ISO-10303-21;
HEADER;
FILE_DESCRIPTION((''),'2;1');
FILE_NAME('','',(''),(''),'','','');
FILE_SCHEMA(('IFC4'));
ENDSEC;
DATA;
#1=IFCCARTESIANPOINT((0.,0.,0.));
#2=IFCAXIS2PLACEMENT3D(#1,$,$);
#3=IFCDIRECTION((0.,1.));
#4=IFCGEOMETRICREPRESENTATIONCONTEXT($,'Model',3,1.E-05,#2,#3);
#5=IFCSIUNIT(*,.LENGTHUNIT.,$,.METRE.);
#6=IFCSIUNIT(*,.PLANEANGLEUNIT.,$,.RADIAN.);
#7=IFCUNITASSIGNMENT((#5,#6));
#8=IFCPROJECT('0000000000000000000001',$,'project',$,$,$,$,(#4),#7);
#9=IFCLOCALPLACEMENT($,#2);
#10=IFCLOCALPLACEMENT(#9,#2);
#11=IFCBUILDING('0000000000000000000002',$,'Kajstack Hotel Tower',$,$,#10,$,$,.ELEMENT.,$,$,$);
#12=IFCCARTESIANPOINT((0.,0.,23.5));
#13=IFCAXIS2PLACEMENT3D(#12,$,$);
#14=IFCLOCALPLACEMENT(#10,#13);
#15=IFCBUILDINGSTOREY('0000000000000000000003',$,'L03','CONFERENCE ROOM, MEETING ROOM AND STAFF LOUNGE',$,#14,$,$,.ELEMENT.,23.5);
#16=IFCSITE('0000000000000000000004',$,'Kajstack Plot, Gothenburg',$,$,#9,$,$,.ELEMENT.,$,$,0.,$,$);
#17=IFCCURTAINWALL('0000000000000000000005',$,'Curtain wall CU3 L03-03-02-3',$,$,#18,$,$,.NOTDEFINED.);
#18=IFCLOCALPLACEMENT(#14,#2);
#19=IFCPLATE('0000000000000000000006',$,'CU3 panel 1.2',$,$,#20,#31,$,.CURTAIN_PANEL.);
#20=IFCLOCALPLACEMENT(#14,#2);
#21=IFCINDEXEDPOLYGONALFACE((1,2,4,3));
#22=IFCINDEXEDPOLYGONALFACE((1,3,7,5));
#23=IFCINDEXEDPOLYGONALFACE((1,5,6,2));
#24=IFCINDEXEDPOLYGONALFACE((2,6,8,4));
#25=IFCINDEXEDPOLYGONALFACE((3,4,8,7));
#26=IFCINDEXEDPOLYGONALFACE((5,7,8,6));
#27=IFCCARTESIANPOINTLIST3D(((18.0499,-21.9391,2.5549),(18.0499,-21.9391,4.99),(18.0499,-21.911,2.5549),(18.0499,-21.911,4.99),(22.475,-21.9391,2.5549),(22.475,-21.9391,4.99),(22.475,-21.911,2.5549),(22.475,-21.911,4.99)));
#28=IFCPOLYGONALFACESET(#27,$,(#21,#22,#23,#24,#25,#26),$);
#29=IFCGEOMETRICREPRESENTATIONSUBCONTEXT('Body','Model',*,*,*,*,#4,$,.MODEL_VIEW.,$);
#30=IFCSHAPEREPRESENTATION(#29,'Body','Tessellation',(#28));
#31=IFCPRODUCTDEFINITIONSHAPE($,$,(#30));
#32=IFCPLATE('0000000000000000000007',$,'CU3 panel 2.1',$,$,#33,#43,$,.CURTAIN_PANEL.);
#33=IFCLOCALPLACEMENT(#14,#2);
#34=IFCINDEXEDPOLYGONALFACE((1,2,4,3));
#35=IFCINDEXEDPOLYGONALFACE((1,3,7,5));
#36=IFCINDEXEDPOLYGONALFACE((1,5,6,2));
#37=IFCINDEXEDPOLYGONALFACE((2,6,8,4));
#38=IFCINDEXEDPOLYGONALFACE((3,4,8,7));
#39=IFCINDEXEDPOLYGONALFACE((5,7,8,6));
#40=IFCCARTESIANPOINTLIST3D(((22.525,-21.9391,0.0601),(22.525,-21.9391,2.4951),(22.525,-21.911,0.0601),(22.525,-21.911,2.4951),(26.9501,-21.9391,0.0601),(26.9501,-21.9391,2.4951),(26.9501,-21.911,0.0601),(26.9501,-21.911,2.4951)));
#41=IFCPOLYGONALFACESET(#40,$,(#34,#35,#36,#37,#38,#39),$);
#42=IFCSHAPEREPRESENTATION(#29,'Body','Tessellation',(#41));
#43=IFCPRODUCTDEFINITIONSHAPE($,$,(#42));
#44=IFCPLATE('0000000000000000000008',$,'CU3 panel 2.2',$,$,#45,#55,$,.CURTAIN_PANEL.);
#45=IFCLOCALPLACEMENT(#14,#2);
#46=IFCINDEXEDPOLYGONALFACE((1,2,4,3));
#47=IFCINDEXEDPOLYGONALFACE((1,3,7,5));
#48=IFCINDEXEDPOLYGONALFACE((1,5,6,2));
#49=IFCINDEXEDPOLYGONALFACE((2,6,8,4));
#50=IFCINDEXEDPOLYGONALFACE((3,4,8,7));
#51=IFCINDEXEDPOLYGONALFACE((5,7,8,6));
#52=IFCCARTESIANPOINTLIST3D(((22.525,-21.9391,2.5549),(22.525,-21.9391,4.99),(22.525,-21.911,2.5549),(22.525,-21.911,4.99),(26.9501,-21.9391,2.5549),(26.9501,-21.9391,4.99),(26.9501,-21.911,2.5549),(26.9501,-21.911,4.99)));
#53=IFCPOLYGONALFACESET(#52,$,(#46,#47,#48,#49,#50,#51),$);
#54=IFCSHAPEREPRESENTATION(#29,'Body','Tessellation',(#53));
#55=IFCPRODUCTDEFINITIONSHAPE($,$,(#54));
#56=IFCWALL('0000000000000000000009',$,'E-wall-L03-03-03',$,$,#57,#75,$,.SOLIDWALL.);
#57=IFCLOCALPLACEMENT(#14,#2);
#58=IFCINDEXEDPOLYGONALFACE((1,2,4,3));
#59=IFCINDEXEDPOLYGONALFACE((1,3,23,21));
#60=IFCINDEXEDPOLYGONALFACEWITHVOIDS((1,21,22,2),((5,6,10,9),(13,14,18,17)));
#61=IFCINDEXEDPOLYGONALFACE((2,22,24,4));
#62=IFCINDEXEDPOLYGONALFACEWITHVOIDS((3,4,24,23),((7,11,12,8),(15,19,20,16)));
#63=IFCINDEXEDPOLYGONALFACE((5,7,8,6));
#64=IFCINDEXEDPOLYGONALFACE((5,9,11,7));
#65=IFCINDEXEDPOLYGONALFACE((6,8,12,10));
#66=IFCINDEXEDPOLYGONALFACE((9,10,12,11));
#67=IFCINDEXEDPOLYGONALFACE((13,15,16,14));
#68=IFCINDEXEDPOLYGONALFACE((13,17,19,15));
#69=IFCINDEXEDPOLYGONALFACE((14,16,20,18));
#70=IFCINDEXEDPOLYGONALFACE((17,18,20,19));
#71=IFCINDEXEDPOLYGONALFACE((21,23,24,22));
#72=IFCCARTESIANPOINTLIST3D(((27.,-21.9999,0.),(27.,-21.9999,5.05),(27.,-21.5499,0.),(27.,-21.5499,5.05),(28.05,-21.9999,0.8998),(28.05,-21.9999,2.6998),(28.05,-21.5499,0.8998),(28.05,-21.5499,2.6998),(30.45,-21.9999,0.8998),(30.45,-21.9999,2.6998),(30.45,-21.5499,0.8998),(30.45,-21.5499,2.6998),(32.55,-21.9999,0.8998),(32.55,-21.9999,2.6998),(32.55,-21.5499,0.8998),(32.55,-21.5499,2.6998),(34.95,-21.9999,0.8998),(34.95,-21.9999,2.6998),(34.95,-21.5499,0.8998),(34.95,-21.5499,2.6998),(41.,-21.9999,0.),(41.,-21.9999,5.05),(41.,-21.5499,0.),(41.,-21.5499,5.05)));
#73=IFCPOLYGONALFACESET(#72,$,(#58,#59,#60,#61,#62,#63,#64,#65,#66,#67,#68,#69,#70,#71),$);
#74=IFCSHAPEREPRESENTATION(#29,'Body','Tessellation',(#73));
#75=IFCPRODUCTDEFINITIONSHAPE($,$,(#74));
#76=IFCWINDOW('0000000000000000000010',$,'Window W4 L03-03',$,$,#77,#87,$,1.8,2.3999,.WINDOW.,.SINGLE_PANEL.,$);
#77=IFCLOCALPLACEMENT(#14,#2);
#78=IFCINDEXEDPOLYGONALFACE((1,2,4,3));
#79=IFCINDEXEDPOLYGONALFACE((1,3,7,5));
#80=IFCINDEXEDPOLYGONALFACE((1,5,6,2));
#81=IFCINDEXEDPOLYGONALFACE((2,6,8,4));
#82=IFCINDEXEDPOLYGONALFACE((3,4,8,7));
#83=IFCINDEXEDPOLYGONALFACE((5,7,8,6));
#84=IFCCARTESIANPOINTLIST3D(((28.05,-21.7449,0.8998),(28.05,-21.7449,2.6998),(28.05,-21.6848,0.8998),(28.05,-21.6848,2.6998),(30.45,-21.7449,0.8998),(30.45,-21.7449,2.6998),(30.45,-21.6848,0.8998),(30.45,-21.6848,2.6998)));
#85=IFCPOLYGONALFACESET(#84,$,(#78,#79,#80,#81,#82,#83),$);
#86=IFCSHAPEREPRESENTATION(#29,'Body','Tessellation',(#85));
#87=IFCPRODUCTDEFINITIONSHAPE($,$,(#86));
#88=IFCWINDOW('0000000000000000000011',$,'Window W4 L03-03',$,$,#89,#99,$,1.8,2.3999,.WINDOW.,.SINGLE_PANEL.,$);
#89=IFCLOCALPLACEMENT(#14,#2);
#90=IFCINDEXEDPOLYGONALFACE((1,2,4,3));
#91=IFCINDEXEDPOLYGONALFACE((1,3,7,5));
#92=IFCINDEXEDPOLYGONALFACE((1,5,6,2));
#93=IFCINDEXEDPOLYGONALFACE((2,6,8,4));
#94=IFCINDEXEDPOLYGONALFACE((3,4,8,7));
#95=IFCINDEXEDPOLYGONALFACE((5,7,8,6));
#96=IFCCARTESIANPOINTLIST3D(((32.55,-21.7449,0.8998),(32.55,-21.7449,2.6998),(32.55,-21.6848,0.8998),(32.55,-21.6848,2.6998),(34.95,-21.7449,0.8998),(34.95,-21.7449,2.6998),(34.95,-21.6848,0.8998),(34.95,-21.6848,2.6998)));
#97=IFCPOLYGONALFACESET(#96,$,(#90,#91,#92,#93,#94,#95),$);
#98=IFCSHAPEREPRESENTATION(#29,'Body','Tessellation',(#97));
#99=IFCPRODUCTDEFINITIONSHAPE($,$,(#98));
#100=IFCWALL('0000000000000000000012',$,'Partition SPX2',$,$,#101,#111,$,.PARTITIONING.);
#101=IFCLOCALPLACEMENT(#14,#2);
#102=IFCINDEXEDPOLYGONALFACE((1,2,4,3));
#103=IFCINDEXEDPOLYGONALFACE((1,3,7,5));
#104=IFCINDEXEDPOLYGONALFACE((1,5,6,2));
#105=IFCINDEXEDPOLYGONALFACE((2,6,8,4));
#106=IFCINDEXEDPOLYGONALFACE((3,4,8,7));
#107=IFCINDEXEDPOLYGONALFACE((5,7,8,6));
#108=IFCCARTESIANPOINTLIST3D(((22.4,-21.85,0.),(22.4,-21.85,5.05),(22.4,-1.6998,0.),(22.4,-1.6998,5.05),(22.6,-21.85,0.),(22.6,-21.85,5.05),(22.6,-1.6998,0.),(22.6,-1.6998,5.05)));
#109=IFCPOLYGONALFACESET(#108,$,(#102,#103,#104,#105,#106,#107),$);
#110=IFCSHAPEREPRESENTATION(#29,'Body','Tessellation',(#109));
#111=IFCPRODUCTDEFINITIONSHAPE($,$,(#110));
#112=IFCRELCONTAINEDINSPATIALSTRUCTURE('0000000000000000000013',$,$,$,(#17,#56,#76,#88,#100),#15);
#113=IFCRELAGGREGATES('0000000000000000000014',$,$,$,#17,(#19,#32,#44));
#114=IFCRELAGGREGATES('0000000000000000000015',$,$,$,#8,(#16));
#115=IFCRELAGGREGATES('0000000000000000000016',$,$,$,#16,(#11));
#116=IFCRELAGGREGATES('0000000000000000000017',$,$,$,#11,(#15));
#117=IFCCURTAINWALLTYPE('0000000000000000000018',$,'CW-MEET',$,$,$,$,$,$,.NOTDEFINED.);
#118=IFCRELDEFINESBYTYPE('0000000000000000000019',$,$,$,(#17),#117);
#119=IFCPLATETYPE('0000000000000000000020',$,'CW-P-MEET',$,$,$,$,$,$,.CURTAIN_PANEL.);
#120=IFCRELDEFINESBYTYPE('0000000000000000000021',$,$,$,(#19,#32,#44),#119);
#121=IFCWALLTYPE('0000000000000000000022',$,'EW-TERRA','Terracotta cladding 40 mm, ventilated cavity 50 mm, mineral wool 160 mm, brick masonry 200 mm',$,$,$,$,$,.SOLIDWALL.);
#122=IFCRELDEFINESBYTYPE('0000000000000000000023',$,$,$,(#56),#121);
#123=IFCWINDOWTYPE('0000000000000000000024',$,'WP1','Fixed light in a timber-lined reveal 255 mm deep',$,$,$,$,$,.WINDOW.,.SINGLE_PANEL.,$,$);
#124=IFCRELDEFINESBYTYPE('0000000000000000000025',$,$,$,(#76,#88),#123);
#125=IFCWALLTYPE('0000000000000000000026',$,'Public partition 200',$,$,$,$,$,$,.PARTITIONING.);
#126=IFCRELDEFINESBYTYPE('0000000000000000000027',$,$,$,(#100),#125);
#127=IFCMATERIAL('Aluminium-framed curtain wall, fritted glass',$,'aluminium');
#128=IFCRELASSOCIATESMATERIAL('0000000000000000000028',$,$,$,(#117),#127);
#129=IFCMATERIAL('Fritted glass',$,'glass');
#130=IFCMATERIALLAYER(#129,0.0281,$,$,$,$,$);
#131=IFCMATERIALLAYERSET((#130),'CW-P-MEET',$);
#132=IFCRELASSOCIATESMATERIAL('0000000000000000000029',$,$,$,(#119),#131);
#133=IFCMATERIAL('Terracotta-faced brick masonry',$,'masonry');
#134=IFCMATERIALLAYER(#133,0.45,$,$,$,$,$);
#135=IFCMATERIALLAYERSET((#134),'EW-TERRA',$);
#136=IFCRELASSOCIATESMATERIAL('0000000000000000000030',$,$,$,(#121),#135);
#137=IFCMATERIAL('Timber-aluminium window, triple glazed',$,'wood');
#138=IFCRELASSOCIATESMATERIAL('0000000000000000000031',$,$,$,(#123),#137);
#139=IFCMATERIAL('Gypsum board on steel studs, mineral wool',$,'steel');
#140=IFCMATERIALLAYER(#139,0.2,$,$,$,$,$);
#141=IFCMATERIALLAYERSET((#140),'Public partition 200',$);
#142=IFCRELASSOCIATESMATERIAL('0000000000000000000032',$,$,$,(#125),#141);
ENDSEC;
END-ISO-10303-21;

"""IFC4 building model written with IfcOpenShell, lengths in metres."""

from ifc_helpers import new_model, si_unit, direction, frame, frame_2d, origin, origin_2d, place, context, subcontext, project, spatial, rectangle, extrude, material, layer, layer_set, type_object, element, fill, aggregate, save


model = new_model("IFC4")

# Units and contexts
model_context = context("Model", 3, precision=1e-05, world=origin(), true_north=direction((0.0, 1.0)))
body_context = subcontext(model_context, "Body", "Model", "MODEL_VIEW")
ifc_project = project(units=[si_unit("LENGTHUNIT", "METRE"), si_unit("PLANEANGLEUNIT", "RADIAN")], contexts=[model_context])

# Site, building, storey
site_placement = place(None, origin())
site = spatial("IfcSite", under=ifc_project, at=site_placement, Name="Kajstack Plot, Gothenburg", CompositionType="ELEMENT", RefElevation=0.0)
building_placement = place(site_placement, origin())
building = spatial("IfcBuilding", under=site, at=building_placement, Name="Kajstack Hotel Tower", CompositionType="ELEMENT")
storey_placement = place(building_placement, frame((0.0, 0.0, 23.5)))
storey = spatial("IfcBuildingStorey", under=building, at=storey_placement, Name="L03", Description="CONFERENCE ROOM, MEETING ROOM AND STAFF LOUNGE", CompositionType="ELEMENT", Elevation=23.5)

# Shared definitions
ifc_material_1 = material(Name="Aluminium-framed curtain wall, fritted glass", Category="aluminium")
curtain_wall_type = type_object("IfcCurtainWallType", Name="CW-MEET", PredefinedType="NOTDEFINED", material=ifc_material_1)

# Curtain wall, plates
curtain_wall_1_placement = place(storey_placement, origin())
curtain_wall_1 = element("IfcCurtainWall", 1, at=curtain_wall_1_placement, inside=storey, type_object=curtain_wall_type, Name="Curtain wall CU3 L03-03-02-3", PredefinedType="NOTDEFINED")
ifc_material_2 = material(Name="Fritted glass", Category="glass")
ifc_layer_1 = layer(ifc_material_2, 0.0281)
ifc_layer_set_1 = layer_set([ifc_layer_1], Name="CW-P-MEET")
plate_type = type_object("IfcPlateType", Name="CW-P-MEET", PredefinedType="CURTAIN_PANEL", material=ifc_layer_set_1)
plate_1_placement = place(storey_placement, frame((20.2625, -21.925, 2.5549), z_axis=(0.0, 0.0, 1.0), x_axis=(1.0, 0.0, 0.0)))
plate_1 = element("IfcPlate", 2, at=plate_1_placement, type_object=plate_type, Name="CU3 panel 1.2", PredefinedType="CURTAIN_PANEL", context=body_context, shape_type="SweptSolid", body=[
    extrude(rectangle(XDim=4.425, YDim=0.0281, at=origin_2d()), origin(), (0.0, 0.0, 1.0), 2.4351),
])
plate_2_placement = place(storey_placement, frame((24.7375, -21.925, 0.0601), z_axis=(0.0, 0.0, 1.0), x_axis=(1.0, 0.0, 0.0)))
plate_2 = element("IfcPlate", 3, at=plate_2_placement, type_object=plate_type, Name="CU3 panel 2.1", PredefinedType="CURTAIN_PANEL", context=body_context, shape_type="SweptSolid", body=[
    extrude(rectangle(XDim=4.425, YDim=0.0281, at=origin_2d()), origin(), (0.0, 0.0, 1.0), 2.4351),
])
plate_3_placement = place(storey_placement, frame((24.7375, -21.925, 2.5549), z_axis=(0.0, 0.0, 1.0), x_axis=(1.0, 0.0, 0.0)))
plate_3 = element("IfcPlate", 4, at=plate_3_placement, type_object=plate_type, Name="CU3 panel 2.2", PredefinedType="CURTAIN_PANEL", context=body_context, shape_type="SweptSolid", body=[
    extrude(rectangle(XDim=4.425, YDim=0.0281, at=origin_2d()), origin(), (0.0, 0.0, 1.0), 2.4351),
])
aggregate(curtain_wall_1, [plate_1, plate_2, plate_3])

# Wall, openings, windows
ifc_material_3 = material(Name="Terracotta-faced brick masonry", Category="masonry")
ifc_layer_2 = layer(ifc_material_3, 0.45)
ifc_layer_set_2 = layer_set([ifc_layer_2], Name="EW-TERRA")
wall_type_1 = type_object("IfcWallType", Name="EW-TERRA", Description="Terracotta cladding 40 mm, ventilated cavity 50 mm, mineral wool 160 mm, brick masonry 200 mm", PredefinedType="SOLIDWALL", material=ifc_layer_set_2)
wall_1_placement = place(storey_placement, frame((27.0, -21.7749, 0.0), z_axis=(0.0, 0.0, 1.0), x_axis=(1.0, 0.0, 0.0)))
wall_1 = element("IfcWall", 5, at=wall_1_placement, inside=storey, type_object=wall_type_1, Name="E-wall-L03-03-03", PredefinedType="SOLIDWALL", context=body_context, shape_type="SweptSolid", body=[
    extrude(rectangle(XDim=14.0, YDim=0.45, at=frame_2d((7.0, 0.0))), origin(), (0.0, 0.0, 1.0), 5.05),
])
opening_1_placement = place(wall_1_placement, frame((1.05, 0.0, 0.8999)))
opening_1 = element("IfcOpeningElement", 6, at=opening_1_placement, cuts=wall_1, PredefinedType="OPENING", context=body_context, shape_type="SweptSolid", body=[
    extrude(rectangle(XDim=2.3999, YDim=1.8, at=frame_2d((1.2, 0.8999))), frame((0.0, 0.2349, 0.0), z_axis=(0.0, -1.0, 0.0), x_axis=(1.0, 0.0, 0.0)), (0.0, 0.0, 1.0), 0.47),
])
opening_2_placement = place(wall_1_placement, frame((5.55, 0.0, 0.8999)))
opening_2 = element("IfcOpeningElement", 7, at=opening_2_placement, cuts=wall_1, PredefinedType="OPENING", context=body_context, shape_type="SweptSolid", body=[
    extrude(rectangle(XDim=2.3999, YDim=1.8, at=frame_2d((1.2, 0.8999))), frame((0.0, 0.2349, 0.0), z_axis=(0.0, -1.0, 0.0), x_axis=(1.0, 0.0, 0.0)), (0.0, 0.0, 1.0), 0.47),
])
ifc_material_4 = material(Name="Timber-aluminium window, triple glazed", Category="wood")
window_type = type_object("IfcWindowType", Name="WP1", Description="Fixed light in a timber-lined reveal 255 mm deep", PartitioningType="SINGLE_PANEL", PredefinedType="WINDOW", material=ifc_material_4)
window_1_placement = place(opening_1_placement, origin())
window_1 = element("IfcWindow", 8, at=window_1_placement, inside=storey, type_object=window_type, Name="Window W4 L03-03", OverallHeight=1.8, OverallWidth=2.3999, PartitioningType="SINGLE_PANEL", PredefinedType="WINDOW", context=body_context, shape_type="SweptSolid", body=[
    extrude(rectangle(XDim=2.3999, YDim=1.8, at=frame_2d((1.2, 0.8999))), frame((0.0, 0.0901, 0.0), z_axis=(0.0, -1.0, 0.0), x_axis=(1.0, 0.0, 0.0)), (0.0, 0.0, 1.0), 0.0601),
])
fill(opening_1, window_1)
window_2_placement = place(opening_2_placement, origin())
window_2 = element("IfcWindow", 9, at=window_2_placement, inside=storey, type_object=window_type, Name="Window W4 L03-03", OverallHeight=1.8, OverallWidth=2.3999, PartitioningType="SINGLE_PANEL", PredefinedType="WINDOW", context=body_context, shape_type="SweptSolid", body=[
    extrude(rectangle(XDim=2.3999, YDim=1.8, at=frame_2d((1.2, 0.8999))), frame((0.0, 0.0901, 0.0), z_axis=(0.0, -1.0, 0.0), x_axis=(1.0, 0.0, 0.0)), (0.0, 0.0, 1.0), 0.0601),
])
fill(opening_2, window_2)

# Wall
ifc_material_5 = material(Name="Gypsum board on steel studs, mineral wool", Category="steel")
ifc_layer_3 = layer(ifc_material_5, 0.2)
ifc_layer_set_3 = layer_set([ifc_layer_3], Name="Public partition 200")
wall_type_2 = type_object("IfcWallType", Name="Public partition 200", PredefinedType="PARTITIONING", material=ifc_layer_set_3)
wall_2_placement = place(storey_placement, frame((22.5, -21.8501, 0.0), z_axis=(0.0, 0.0, 1.0), x_axis=(0.0, 1.0, 0.0)))
element("IfcWall", 10, at=wall_2_placement, inside=storey, type_object=wall_type_2, Name="Partition SPX2", PredefinedType="PARTITIONING", context=body_context, shape_type="SweptSolid", body=[
    extrude(rectangle(XDim=20.1501, YDim=0.2, at=frame_2d((10.0752, 0.0))), origin(), (0.0, 0.0, 1.0), 5.05),
])

save(model, "model.ifc")
